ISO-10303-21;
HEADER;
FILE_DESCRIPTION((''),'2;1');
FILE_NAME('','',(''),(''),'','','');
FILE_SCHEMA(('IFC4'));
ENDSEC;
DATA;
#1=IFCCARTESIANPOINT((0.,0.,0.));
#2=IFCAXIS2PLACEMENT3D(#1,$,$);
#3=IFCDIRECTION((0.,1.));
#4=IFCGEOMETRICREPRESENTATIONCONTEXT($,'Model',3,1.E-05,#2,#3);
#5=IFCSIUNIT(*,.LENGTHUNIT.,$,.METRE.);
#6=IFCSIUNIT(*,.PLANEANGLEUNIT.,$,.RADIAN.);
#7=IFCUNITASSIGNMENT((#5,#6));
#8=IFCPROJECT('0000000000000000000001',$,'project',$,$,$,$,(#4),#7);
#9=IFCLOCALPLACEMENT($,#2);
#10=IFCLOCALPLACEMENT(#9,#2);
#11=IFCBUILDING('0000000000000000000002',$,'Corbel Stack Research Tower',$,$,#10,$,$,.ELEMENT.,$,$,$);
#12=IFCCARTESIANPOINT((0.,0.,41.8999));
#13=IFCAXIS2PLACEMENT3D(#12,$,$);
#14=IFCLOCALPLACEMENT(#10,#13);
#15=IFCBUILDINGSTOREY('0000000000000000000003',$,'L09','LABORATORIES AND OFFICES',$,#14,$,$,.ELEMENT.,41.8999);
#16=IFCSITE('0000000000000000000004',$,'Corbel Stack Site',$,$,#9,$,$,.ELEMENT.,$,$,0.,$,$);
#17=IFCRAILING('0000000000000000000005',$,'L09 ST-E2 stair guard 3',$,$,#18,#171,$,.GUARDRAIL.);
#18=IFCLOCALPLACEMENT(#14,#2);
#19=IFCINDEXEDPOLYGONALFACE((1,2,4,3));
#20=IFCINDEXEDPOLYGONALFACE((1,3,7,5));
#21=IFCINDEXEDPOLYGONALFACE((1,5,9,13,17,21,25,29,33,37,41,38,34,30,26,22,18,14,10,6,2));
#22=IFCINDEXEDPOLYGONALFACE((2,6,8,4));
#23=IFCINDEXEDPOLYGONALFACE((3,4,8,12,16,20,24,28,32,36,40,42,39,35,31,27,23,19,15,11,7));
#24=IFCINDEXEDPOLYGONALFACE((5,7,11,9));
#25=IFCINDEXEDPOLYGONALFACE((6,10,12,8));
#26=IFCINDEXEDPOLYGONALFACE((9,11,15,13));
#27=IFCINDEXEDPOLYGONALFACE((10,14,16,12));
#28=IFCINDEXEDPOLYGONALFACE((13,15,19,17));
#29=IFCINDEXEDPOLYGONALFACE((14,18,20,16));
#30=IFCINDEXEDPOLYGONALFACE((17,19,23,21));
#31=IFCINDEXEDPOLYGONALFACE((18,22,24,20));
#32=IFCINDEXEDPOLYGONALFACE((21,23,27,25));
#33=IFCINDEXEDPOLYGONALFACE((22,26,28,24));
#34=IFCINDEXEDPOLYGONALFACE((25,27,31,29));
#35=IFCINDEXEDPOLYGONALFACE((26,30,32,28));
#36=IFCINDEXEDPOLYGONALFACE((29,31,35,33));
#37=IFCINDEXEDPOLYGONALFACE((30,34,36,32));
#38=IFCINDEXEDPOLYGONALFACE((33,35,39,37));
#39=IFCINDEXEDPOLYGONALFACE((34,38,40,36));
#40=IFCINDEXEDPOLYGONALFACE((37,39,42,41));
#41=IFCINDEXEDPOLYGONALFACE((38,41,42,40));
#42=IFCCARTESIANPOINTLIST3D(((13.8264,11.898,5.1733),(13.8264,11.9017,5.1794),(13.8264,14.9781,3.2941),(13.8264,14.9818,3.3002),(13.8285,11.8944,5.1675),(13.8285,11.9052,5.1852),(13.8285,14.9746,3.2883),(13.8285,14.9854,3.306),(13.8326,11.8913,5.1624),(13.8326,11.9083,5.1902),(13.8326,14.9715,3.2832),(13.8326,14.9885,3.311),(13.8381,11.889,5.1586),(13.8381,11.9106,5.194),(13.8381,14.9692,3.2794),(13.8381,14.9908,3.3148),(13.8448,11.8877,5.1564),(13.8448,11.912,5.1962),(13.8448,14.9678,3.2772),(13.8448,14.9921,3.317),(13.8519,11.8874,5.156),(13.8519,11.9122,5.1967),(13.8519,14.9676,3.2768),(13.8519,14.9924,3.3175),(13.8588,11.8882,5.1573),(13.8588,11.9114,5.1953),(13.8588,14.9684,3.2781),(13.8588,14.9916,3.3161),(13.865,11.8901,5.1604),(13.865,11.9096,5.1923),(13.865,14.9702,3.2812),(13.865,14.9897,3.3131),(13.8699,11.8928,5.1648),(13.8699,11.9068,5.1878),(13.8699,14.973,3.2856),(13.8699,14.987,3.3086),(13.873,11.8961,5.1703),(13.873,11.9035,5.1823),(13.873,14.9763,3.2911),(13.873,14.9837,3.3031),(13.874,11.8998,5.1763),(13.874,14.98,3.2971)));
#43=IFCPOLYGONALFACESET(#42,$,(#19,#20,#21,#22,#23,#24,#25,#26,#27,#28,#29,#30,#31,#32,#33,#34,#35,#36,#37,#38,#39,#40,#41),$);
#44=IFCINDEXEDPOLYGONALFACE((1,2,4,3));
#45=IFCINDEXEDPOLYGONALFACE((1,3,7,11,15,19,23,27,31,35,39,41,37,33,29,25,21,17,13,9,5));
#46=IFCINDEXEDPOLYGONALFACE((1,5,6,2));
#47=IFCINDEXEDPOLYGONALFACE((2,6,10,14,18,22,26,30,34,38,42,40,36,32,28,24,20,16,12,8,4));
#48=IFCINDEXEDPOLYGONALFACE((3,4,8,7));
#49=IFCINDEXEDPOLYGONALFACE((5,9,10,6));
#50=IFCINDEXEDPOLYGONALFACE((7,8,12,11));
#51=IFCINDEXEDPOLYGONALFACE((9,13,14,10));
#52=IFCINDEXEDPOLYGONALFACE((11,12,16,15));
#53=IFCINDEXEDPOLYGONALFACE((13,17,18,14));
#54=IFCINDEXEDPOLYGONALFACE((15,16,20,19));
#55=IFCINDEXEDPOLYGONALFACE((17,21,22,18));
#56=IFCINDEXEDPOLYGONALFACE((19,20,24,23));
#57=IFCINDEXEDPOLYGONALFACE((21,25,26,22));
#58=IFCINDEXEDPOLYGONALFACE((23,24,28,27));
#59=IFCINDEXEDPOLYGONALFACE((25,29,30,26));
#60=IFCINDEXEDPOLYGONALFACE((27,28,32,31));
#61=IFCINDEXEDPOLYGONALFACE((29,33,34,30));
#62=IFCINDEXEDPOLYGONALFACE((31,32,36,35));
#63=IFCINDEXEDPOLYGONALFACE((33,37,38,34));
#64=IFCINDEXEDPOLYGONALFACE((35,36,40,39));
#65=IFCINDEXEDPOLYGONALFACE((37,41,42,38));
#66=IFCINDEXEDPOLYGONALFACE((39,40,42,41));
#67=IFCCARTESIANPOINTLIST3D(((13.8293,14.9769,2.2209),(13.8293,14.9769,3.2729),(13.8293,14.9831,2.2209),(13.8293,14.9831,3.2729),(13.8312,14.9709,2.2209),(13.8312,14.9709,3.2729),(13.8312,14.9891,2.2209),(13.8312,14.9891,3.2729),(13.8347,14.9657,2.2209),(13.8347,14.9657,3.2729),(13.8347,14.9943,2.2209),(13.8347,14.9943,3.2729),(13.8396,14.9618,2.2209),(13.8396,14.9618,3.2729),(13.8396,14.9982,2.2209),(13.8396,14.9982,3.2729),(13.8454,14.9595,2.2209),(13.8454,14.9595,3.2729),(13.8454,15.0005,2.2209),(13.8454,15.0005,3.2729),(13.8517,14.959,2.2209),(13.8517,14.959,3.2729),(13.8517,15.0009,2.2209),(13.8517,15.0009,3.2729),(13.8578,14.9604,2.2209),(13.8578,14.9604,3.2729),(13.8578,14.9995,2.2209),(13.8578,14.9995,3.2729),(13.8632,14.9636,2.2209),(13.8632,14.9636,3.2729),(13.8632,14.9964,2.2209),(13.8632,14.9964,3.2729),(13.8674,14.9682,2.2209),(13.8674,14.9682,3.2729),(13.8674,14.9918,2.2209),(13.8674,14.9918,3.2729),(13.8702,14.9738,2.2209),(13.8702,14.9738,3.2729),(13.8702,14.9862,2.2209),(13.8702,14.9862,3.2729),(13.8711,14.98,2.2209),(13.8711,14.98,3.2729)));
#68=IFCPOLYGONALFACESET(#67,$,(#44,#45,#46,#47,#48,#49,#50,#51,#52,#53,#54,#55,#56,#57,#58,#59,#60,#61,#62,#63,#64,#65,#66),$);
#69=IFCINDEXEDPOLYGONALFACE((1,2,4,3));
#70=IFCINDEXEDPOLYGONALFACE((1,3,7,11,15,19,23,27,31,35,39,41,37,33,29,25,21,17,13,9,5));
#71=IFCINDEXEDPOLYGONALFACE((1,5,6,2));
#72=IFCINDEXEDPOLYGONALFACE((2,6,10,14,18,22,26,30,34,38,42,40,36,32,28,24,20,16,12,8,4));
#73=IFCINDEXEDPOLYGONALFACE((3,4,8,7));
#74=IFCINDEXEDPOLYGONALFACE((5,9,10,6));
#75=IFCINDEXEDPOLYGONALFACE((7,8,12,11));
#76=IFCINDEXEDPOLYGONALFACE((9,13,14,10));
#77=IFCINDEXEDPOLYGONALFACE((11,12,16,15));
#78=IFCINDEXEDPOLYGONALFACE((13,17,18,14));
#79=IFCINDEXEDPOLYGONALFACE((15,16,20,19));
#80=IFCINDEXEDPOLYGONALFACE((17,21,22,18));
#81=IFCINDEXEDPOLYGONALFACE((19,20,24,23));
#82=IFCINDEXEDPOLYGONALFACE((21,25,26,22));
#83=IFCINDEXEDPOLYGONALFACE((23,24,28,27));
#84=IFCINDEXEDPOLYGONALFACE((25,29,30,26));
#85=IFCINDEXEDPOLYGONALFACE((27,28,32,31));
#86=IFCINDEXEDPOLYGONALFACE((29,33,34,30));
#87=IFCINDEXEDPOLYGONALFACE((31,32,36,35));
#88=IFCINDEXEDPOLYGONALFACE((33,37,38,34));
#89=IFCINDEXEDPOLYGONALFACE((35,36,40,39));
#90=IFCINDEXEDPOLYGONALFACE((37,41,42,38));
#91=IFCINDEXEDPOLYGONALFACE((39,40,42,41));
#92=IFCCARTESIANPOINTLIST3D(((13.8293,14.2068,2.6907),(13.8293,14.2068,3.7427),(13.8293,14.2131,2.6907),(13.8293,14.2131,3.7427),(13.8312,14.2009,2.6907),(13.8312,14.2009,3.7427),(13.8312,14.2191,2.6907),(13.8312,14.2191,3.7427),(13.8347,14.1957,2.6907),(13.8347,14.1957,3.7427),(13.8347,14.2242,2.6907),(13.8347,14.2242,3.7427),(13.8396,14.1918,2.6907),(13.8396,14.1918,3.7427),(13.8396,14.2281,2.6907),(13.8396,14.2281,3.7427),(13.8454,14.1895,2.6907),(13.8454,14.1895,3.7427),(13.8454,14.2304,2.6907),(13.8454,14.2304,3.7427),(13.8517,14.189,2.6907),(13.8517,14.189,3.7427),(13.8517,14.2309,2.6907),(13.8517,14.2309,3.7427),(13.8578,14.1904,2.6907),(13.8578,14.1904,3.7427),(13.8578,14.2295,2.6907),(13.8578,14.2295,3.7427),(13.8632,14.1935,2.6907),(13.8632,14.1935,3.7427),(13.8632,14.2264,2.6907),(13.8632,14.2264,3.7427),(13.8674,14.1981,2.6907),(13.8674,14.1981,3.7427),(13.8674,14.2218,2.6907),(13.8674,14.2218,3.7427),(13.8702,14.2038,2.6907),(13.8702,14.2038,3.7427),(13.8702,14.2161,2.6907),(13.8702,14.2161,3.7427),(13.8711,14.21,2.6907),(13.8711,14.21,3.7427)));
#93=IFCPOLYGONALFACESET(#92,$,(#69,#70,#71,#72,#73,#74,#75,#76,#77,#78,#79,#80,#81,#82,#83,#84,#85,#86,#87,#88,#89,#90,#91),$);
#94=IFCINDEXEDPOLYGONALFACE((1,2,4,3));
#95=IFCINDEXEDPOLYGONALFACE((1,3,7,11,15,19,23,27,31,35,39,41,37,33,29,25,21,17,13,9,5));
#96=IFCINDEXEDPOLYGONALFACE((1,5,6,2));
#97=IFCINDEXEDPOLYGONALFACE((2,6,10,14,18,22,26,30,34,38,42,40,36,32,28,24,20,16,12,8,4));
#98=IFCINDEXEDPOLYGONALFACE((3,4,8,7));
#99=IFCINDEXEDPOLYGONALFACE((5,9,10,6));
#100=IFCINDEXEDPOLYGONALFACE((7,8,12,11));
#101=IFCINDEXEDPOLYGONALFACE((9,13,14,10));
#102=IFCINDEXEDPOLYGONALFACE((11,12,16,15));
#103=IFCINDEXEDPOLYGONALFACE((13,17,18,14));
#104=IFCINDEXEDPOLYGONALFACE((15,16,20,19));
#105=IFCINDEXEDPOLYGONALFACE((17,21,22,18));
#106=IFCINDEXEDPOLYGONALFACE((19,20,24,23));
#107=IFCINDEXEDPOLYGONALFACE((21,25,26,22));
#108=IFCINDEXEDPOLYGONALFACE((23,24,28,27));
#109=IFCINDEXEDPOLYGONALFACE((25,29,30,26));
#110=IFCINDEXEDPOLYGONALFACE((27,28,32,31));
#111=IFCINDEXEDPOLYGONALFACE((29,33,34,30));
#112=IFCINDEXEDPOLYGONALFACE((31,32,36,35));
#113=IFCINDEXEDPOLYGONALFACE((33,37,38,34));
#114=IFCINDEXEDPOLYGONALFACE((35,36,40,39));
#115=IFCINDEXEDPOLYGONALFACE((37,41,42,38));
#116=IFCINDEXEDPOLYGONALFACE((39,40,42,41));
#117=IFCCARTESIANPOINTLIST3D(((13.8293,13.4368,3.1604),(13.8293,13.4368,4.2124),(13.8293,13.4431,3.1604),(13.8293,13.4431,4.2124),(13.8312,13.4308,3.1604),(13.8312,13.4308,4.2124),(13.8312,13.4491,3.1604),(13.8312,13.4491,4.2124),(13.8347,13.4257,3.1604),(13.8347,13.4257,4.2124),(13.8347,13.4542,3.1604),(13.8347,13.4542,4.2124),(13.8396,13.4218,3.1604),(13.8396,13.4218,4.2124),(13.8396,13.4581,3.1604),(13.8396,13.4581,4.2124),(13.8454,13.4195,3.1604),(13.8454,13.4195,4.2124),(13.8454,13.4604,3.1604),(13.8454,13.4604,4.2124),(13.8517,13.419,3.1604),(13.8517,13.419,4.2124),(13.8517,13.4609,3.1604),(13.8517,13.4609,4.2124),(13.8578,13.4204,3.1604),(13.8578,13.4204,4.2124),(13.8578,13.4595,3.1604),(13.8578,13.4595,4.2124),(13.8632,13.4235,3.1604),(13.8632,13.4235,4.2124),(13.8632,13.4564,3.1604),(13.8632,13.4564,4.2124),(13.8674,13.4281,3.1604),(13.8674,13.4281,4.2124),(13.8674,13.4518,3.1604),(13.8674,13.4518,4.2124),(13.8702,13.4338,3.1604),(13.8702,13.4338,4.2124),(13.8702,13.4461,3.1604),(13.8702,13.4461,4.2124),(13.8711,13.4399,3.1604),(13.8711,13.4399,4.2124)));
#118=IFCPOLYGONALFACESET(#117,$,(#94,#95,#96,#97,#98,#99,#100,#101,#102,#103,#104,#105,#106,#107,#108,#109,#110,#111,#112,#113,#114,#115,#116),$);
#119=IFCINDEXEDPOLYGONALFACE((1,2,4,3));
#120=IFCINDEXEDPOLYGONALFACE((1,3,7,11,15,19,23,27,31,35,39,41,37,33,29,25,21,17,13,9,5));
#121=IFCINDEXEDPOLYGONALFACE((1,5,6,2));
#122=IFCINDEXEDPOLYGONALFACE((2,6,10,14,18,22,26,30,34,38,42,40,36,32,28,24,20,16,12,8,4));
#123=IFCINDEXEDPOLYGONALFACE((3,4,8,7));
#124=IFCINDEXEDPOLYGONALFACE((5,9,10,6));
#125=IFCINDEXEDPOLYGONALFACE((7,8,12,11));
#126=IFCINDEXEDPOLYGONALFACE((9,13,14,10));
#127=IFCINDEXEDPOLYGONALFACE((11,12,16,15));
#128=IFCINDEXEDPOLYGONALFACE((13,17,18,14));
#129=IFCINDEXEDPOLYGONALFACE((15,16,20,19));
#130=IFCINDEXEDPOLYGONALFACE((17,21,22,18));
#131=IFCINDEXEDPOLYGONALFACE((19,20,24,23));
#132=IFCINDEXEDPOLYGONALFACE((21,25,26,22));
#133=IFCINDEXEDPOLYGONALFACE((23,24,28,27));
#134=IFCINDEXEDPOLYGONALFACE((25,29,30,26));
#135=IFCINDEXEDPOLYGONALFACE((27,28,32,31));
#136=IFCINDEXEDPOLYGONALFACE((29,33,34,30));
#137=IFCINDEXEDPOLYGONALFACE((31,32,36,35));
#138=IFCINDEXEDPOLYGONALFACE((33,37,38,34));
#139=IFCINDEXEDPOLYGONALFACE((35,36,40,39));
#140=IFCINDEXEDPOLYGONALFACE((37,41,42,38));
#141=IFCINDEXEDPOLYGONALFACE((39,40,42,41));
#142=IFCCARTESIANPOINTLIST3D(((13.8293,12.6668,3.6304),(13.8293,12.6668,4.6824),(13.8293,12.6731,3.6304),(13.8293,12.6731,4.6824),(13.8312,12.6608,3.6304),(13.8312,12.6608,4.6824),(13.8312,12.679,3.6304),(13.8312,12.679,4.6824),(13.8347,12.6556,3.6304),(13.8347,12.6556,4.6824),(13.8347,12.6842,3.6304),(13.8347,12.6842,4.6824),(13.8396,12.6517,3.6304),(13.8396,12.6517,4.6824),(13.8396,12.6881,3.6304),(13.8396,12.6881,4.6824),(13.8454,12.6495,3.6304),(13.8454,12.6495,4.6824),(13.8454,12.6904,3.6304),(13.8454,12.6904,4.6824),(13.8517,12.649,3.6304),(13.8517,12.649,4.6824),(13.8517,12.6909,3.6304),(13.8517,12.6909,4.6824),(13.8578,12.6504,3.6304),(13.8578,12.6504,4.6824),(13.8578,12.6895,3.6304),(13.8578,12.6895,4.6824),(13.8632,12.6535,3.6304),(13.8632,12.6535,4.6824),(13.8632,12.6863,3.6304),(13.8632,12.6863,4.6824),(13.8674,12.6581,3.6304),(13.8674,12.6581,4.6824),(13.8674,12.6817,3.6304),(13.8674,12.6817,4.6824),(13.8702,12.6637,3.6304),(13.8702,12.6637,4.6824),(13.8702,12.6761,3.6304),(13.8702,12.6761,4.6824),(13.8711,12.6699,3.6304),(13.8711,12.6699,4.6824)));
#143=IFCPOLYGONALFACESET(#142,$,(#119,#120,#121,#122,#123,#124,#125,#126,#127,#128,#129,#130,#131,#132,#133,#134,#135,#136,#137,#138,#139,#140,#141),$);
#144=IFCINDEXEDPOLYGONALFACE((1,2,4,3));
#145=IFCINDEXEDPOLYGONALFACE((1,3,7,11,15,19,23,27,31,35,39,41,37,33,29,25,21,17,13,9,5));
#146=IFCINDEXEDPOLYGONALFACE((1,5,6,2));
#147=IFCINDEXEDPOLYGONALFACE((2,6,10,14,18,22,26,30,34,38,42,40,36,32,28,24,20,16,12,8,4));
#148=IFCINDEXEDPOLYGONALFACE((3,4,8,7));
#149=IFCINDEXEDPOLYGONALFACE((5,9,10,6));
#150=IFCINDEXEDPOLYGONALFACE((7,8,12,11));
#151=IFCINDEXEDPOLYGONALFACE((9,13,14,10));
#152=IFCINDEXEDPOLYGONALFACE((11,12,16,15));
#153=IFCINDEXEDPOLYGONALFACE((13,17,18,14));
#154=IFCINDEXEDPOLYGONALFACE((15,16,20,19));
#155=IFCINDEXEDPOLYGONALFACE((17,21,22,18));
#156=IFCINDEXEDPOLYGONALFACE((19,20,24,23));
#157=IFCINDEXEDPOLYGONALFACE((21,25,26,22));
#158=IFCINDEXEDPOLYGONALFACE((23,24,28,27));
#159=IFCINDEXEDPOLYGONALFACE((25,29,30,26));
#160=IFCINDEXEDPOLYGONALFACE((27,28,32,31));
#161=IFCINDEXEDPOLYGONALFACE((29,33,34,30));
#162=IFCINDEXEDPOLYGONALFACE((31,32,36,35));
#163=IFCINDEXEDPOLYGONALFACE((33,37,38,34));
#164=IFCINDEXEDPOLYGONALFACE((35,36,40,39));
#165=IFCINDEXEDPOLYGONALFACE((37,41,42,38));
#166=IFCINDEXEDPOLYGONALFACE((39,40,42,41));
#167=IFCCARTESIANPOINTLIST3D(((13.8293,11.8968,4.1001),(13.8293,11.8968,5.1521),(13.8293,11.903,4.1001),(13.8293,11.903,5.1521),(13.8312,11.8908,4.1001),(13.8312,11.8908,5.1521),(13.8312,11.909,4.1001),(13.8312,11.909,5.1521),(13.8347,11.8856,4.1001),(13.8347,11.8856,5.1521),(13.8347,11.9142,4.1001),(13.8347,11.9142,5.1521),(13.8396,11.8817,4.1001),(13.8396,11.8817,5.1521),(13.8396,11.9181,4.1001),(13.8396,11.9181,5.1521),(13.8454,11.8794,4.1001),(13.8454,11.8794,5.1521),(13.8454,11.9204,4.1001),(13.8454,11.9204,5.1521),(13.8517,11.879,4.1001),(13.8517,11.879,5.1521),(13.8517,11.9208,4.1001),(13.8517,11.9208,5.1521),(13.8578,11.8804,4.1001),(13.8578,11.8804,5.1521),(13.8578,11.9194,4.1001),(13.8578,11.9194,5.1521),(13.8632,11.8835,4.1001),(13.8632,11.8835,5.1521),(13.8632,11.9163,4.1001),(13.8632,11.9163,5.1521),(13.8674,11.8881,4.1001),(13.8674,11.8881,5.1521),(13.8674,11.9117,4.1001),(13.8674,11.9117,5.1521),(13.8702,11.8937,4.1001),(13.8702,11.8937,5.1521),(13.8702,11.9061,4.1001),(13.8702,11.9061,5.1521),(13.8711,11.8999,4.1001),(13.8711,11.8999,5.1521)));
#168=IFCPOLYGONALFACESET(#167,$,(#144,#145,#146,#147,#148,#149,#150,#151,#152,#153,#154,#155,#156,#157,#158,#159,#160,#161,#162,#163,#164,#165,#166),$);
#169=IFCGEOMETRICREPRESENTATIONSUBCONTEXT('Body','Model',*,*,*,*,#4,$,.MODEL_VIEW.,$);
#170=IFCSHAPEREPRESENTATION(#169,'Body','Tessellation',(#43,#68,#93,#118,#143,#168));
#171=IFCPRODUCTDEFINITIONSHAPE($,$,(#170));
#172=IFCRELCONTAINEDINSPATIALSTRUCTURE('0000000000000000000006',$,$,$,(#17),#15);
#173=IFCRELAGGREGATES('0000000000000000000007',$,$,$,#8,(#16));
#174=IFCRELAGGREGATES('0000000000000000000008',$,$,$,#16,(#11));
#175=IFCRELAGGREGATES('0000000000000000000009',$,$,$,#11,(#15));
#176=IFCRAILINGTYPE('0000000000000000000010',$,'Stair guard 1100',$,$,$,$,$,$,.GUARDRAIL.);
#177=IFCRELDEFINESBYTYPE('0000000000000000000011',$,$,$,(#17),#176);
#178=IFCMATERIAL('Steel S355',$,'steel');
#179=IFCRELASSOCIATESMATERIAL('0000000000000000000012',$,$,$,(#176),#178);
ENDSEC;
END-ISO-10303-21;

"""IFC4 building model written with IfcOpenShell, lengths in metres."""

from ifc_helpers import new_model, si_unit, direction, frame, origin, origin_2d, place, context, subcontext, project, spatial, circle, extrude, material, type_object, element, save


model = new_model("IFC4")

# Units and contexts
model_context = context("Model", 3, precision=1e-05, world=origin(), true_north=direction((0.0, 1.0)))
body_context = subcontext(model_context, "Body", "Model", "MODEL_VIEW")
ifc_project = project(units=[si_unit("LENGTHUNIT", "METRE"), si_unit("PLANEANGLEUNIT", "RADIAN")], contexts=[model_context])

# Site, building, storey
site_placement = place(None, origin())
site = spatial("IfcSite", under=ifc_project, at=site_placement, Name="Corbel Stack Site", CompositionType="ELEMENT", RefElevation=0.0)
building_placement = place(site_placement, origin())
building = spatial("IfcBuilding", under=site, at=building_placement, Name="Corbel Stack Research Tower", CompositionType="ELEMENT")
storey_placement = place(building_placement, frame((0.0, 0.0, 41.8999)))
storey = spatial("IfcBuildingStorey", under=building, at=storey_placement, Name="L09", Description="LABORATORIES AND OFFICES", CompositionType="ELEMENT", Elevation=41.8999)

# Railing
ifc_material_1 = material(Name="Steel S355", Category="steel")
railing_type_1 = type_object("IfcRailingType", Name="Stair guard 1100", PredefinedType="GUARDRAIL", material=ifc_material_1)
railing_1_placement = place(storey_placement, frame((13.8501, 14.98, 2.2209)))
element("IfcRailing", 1, at=railing_1_placement, inside=storey, type_object=railing_type_1, Name="L09 ST-E2 stair guard 3", PredefinedType="GUARDRAIL", context=body_context, shape_type="SweptSolid", body=[
    extrude(circle(Radius=0.0239, at=origin_2d()), frame((0.0, 0.0, 1.0762), z_axis=(0.0, -0.853666, 0.52082), x_axis=(1.0, 0.0, 0.0)), (0.0, 0.0, 1.0), 3.6082),
    extrude(circle(Radius=0.021, at=origin_2d()), origin(), (0.0, 0.0, 1.0), 1.052),
    extrude(circle(Radius=0.021, at=origin_2d()), frame((0.0, -0.77, 0.4697)), (0.0, 0.0, 1.0), 1.052),
    extrude(circle(Radius=0.021, at=origin_2d()), frame((0.0, -1.54, 0.9395)), (0.0, 0.0, 1.0), 1.052),
    extrude(circle(Radius=0.021, at=origin_2d()), frame((0.0, -2.3101, 1.4094)), (0.0, 0.0, 1.0), 1.052),
    extrude(circle(Radius=0.021, at=origin_2d()), frame((0.0, -3.0801, 1.8792)), (0.0, 0.0, 1.0), 1.052),
])

save(model, "model.ifc")
